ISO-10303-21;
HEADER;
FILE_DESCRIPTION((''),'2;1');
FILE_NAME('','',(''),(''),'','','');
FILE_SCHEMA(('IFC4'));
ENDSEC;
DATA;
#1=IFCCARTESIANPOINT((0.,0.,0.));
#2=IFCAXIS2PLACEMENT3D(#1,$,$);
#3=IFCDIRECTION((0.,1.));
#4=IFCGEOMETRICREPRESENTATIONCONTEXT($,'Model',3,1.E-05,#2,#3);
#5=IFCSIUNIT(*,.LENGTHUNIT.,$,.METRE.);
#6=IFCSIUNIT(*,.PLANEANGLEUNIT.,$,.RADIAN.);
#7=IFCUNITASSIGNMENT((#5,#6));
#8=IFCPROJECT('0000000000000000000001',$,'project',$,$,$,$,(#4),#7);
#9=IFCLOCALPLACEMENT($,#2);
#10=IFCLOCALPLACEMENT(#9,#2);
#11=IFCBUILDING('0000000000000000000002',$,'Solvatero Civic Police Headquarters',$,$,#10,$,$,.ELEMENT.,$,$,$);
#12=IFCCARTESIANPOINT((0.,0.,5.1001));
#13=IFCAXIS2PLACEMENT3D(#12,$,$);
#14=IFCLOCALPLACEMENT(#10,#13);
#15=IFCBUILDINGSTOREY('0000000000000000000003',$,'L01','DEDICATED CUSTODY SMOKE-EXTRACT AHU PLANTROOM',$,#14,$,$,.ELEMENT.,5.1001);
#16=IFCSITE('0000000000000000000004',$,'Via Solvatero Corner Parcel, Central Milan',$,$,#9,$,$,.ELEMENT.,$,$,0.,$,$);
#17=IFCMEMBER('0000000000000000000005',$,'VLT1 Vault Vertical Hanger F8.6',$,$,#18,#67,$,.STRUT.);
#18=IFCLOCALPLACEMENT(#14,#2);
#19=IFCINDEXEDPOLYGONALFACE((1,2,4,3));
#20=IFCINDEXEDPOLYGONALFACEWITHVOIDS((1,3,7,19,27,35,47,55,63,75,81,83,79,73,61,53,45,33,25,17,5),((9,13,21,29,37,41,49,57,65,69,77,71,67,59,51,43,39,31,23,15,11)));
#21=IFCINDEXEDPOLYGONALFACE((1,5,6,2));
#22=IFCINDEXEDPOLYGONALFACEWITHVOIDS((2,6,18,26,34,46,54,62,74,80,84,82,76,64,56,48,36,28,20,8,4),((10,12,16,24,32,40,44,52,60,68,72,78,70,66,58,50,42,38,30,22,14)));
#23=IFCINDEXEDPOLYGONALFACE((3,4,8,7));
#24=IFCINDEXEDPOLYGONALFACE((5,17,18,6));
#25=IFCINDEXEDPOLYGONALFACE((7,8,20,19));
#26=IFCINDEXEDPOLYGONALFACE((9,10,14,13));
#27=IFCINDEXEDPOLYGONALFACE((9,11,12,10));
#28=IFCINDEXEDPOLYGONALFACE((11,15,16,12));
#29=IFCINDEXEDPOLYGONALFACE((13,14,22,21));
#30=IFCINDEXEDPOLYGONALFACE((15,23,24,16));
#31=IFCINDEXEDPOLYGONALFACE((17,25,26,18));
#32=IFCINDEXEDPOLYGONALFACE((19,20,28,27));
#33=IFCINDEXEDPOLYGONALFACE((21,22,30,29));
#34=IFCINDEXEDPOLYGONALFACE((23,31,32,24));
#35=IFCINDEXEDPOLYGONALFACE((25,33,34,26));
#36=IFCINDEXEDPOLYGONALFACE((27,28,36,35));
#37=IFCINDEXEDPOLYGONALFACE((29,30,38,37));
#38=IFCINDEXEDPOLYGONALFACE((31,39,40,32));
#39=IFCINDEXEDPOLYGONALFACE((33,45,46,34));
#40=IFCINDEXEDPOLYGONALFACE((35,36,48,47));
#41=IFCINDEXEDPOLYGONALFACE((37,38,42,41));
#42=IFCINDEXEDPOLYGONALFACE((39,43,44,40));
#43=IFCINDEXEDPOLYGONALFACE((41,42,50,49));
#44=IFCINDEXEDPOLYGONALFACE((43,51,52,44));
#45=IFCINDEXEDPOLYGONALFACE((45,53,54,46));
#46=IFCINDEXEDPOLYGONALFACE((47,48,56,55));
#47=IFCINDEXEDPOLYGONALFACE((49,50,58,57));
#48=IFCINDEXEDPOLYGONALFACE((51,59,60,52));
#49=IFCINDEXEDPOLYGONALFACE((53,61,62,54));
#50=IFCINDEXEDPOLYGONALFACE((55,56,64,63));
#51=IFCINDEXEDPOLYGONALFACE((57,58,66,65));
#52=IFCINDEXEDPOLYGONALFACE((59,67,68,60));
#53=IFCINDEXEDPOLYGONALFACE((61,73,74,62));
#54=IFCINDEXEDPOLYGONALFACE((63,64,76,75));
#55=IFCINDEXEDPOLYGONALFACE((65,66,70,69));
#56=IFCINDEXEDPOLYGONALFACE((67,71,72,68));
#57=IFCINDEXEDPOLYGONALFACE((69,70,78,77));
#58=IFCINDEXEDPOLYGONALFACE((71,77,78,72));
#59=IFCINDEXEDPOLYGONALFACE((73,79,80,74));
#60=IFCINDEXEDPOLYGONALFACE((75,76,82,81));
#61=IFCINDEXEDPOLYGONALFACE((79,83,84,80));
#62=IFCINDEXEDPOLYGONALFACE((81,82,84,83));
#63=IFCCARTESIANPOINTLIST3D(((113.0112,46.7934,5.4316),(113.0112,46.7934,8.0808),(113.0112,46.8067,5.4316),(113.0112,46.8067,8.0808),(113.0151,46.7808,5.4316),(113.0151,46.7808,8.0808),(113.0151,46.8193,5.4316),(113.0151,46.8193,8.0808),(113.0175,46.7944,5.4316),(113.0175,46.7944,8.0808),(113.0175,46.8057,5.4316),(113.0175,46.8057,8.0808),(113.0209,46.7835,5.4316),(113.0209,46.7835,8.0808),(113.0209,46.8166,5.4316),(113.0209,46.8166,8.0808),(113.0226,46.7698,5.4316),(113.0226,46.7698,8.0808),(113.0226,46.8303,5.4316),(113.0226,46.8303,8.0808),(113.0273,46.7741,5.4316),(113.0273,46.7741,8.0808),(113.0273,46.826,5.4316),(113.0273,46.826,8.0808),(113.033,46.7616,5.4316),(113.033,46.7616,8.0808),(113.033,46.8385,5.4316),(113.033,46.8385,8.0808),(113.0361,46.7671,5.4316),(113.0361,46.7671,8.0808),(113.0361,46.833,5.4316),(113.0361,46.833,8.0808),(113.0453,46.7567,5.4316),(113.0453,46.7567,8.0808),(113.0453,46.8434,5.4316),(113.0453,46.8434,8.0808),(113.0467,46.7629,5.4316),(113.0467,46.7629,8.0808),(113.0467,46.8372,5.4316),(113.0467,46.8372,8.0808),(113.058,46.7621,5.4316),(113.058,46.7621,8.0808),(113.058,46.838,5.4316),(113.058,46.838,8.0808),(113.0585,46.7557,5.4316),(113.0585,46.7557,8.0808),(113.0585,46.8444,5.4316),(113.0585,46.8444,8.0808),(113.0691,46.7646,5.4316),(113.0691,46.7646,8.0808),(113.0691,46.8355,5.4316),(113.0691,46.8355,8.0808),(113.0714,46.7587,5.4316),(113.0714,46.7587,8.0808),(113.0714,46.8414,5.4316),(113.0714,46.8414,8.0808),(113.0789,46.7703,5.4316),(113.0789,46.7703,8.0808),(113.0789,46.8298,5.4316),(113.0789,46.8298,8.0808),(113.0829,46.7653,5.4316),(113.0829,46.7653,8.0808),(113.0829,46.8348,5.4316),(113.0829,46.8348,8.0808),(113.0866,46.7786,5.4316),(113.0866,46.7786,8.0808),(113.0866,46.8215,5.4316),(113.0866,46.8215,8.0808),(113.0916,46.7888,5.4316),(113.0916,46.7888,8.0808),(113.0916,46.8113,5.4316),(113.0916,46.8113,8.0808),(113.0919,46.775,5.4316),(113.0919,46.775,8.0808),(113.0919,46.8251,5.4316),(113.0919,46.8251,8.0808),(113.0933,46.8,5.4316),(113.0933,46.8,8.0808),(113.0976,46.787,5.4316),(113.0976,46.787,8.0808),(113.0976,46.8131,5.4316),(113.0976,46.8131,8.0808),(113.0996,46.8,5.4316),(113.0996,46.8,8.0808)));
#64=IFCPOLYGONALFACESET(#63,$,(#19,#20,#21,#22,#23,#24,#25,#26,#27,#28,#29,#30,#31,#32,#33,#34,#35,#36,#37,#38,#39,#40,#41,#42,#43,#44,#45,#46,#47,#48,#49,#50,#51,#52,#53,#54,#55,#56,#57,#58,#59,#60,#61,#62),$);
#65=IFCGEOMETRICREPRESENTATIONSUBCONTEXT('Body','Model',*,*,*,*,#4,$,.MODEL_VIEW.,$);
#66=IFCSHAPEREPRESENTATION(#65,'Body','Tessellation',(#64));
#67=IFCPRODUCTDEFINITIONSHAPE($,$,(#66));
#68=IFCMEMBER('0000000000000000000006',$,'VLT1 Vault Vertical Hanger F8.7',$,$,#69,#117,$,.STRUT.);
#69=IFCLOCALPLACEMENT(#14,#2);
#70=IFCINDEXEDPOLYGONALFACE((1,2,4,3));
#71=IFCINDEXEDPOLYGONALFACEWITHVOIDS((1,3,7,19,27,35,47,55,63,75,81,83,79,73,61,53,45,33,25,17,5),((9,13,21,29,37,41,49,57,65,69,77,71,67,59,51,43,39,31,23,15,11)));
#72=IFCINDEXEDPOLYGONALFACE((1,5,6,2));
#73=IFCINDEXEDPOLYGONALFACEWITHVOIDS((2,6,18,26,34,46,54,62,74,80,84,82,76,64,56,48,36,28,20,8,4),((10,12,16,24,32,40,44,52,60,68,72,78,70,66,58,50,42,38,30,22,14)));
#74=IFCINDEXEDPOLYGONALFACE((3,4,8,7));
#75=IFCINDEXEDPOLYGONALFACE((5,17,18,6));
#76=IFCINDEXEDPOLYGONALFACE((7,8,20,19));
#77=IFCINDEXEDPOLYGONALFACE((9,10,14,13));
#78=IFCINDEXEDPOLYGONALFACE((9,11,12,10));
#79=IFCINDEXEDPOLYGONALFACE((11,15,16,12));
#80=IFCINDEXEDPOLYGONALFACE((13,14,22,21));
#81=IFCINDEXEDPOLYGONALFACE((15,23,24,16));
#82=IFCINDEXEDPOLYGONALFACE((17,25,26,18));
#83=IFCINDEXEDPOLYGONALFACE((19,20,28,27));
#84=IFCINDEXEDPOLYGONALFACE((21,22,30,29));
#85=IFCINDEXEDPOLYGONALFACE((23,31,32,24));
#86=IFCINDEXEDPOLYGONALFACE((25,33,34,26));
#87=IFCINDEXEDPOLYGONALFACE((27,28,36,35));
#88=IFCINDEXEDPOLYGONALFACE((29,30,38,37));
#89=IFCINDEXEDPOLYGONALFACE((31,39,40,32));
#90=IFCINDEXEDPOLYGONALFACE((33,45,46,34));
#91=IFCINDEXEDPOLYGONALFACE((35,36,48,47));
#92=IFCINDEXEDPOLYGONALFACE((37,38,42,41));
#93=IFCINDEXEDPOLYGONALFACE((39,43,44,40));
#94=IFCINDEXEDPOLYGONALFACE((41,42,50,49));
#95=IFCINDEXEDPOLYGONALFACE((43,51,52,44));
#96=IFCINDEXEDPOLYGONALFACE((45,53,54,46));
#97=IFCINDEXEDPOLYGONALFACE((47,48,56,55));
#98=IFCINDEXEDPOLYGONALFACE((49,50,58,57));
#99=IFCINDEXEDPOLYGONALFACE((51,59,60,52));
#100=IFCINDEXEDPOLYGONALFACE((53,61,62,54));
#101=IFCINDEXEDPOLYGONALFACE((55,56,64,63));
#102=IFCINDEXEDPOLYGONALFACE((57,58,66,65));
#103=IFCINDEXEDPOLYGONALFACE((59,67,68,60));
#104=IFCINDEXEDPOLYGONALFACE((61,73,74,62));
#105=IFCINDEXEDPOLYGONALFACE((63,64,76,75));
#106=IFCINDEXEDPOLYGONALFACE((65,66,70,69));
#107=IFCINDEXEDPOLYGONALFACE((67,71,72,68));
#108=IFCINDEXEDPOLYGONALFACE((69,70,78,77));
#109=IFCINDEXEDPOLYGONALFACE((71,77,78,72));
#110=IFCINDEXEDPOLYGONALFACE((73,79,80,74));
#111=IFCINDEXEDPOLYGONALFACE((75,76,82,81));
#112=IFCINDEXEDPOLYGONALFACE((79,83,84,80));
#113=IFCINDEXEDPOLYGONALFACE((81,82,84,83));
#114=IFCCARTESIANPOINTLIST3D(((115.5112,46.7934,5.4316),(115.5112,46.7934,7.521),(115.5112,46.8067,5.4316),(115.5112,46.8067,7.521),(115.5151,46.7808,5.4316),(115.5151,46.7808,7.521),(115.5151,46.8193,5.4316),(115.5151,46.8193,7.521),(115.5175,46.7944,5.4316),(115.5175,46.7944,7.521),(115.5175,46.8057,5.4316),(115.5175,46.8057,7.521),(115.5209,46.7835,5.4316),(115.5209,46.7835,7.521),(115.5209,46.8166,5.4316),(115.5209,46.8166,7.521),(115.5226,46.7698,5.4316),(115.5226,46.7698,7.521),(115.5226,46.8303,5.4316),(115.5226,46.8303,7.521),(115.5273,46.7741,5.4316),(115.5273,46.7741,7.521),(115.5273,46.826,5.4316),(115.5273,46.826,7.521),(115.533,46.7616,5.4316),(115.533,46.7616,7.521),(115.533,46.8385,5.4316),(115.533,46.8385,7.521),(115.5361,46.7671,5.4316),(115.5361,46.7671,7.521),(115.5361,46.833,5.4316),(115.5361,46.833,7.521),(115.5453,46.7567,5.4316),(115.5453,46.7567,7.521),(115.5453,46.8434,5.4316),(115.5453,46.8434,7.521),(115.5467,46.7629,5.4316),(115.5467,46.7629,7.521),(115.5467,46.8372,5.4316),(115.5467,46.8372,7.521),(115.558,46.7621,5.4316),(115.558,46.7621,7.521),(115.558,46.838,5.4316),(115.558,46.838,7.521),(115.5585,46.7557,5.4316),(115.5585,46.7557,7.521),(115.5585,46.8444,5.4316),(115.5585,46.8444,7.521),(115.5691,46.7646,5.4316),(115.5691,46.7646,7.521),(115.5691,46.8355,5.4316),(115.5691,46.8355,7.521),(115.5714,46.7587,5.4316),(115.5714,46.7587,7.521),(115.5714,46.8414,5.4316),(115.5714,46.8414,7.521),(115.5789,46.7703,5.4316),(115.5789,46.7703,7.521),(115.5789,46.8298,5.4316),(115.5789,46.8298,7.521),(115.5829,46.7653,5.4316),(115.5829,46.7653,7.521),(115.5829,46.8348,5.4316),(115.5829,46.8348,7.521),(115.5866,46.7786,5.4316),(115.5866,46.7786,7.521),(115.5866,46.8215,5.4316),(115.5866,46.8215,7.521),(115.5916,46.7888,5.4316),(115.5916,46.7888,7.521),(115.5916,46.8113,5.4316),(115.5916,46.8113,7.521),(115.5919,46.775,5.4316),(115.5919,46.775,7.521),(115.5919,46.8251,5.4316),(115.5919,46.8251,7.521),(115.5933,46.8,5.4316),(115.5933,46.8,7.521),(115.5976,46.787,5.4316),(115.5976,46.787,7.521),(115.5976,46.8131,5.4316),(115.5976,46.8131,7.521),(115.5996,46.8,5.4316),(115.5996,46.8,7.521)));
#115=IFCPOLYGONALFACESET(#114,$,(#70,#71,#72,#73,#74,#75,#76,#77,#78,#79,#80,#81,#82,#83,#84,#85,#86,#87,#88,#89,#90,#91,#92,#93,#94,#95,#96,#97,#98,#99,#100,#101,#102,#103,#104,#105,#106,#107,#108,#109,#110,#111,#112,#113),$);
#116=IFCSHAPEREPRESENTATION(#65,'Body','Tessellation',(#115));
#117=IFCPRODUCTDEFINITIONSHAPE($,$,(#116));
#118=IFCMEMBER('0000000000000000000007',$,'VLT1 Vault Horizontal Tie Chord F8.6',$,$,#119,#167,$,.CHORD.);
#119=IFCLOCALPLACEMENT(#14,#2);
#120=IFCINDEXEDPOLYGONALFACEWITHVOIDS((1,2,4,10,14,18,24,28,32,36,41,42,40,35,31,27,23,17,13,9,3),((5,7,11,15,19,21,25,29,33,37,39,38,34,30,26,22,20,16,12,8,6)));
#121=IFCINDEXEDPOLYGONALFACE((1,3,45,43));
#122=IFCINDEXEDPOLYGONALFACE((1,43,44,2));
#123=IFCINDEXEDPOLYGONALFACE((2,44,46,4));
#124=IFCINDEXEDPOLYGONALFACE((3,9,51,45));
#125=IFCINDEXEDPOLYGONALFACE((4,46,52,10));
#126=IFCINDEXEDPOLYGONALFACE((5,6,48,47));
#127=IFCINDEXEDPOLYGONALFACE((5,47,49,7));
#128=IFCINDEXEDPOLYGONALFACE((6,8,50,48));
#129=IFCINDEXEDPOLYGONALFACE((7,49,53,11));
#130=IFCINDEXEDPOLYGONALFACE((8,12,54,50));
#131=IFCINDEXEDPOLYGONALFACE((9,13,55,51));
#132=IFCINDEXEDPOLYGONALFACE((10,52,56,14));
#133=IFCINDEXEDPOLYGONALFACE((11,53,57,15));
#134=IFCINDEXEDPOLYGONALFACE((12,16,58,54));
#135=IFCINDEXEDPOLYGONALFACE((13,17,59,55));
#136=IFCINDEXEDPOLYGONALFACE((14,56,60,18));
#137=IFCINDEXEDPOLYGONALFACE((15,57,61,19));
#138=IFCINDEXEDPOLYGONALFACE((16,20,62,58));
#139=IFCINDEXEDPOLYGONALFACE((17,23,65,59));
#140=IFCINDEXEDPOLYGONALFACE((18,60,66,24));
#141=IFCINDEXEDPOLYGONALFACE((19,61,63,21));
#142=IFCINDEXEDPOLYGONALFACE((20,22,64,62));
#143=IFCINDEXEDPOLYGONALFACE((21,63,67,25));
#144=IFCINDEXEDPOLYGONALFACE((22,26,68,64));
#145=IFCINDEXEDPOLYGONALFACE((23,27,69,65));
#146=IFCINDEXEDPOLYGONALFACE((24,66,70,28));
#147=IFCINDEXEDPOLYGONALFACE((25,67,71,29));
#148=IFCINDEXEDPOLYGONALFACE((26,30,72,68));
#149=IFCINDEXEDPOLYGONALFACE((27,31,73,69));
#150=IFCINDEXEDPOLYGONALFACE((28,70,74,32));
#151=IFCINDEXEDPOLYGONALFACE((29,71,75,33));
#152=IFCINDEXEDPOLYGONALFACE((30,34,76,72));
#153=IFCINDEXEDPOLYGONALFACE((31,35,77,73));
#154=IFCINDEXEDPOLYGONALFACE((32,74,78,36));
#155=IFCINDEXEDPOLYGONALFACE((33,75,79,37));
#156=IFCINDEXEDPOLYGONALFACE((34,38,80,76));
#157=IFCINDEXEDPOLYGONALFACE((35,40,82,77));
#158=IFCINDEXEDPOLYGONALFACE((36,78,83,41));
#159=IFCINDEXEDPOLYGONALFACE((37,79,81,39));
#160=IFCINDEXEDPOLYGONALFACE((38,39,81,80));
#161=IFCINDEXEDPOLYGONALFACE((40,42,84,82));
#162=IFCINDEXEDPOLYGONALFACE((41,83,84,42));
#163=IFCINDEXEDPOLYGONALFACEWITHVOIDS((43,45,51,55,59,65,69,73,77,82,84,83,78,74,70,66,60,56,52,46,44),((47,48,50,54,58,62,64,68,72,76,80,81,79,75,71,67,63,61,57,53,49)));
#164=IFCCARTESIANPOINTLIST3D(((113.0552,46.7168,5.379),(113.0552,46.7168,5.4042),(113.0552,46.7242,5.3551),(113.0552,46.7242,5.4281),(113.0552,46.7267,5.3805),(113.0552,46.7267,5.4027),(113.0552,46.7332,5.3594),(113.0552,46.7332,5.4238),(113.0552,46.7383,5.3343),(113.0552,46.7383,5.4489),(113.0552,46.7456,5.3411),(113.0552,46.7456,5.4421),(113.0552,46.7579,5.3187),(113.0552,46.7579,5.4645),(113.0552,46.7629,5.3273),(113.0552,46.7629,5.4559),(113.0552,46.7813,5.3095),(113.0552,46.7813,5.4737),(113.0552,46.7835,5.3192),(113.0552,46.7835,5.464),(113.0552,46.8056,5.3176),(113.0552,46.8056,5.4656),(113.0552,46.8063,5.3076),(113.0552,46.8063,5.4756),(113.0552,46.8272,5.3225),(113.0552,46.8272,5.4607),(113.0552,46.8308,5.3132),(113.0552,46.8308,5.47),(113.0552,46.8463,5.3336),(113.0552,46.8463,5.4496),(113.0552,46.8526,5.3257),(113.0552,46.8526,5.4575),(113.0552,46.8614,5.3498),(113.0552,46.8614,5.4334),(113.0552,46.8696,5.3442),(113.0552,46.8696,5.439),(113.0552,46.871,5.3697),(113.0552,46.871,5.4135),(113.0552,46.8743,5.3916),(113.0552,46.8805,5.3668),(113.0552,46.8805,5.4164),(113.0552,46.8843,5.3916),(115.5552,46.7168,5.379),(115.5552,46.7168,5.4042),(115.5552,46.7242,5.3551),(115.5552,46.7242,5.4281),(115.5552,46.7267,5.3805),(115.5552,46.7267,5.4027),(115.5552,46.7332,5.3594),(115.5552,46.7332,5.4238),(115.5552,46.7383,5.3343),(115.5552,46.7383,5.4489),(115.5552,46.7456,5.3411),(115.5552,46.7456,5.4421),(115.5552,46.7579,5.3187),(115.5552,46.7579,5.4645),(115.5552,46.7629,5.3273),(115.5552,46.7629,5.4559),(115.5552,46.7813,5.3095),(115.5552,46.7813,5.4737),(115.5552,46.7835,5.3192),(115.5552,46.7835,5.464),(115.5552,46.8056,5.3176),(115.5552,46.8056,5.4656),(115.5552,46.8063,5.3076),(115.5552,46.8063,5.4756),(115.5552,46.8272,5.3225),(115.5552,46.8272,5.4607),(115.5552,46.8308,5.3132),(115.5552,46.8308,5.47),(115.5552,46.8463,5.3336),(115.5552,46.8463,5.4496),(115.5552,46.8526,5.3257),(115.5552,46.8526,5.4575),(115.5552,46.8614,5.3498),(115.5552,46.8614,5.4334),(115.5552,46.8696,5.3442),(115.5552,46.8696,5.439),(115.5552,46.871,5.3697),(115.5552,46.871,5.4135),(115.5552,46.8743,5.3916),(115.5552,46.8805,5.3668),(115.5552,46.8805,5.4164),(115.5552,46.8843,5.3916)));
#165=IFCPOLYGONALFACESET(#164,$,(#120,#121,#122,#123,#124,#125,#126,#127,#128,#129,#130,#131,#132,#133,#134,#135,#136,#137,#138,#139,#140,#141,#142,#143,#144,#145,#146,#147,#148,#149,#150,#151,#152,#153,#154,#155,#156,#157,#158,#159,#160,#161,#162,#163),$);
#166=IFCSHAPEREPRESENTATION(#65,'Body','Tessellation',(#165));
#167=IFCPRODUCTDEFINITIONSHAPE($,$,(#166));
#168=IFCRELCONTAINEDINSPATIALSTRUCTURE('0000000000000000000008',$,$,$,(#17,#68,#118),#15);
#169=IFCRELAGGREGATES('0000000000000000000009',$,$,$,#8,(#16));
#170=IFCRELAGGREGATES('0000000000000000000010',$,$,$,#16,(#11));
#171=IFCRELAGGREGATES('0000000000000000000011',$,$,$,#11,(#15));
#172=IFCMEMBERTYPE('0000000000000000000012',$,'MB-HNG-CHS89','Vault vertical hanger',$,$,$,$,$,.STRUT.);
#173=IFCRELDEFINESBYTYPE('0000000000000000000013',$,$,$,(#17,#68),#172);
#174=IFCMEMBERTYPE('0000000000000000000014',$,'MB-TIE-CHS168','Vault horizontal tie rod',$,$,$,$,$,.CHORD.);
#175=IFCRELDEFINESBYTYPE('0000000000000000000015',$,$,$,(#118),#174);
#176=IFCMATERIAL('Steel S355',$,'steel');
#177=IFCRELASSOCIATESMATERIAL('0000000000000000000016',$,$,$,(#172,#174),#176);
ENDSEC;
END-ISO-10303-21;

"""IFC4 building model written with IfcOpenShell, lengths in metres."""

from ifc_helpers import new_model, si_unit, direction, frame, origin, origin_2d, place, context, subcontext, project, spatial, hollow_circle, extrude, material, material_profile, profile_set, type_object, element, save


model = new_model("IFC4")

# Units and contexts
model_context = context("Model", 3, precision=1e-05, world=origin(), true_north=direction((0.0, 1.0)))
body_context = subcontext(model_context, "Body", "Model", "MODEL_VIEW")
ifc_project = project(units=[si_unit("LENGTHUNIT", "METRE"), si_unit("PLANEANGLEUNIT", "RADIAN")], contexts=[model_context])

# Site, building, storey
site_placement = place(None, origin())
site = spatial("IfcSite", under=ifc_project, at=site_placement, Name="Via Solvatero Corner Parcel, Central Milan", CompositionType="ELEMENT", RefElevation=0.0)
building_placement = place(site_placement, origin())
building = spatial("IfcBuilding", under=site, at=building_placement, Name="Solvatero Civic Police Headquarters", CompositionType="ELEMENT")
storey_placement = place(building_placement, frame((0.0, 0.0, 5.1001)))
storey = spatial("IfcBuildingStorey", under=building, at=storey_placement, Name="L01", Description="DEDICATED CUSTODY SMOKE-EXTRACT AHU PLANTROOM", CompositionType="ELEMENT", Elevation=5.1001)

# Shared definitions
ifc_material_1 = material(Name="Steel S355", Category="steel")

# Members
ifc_material_profile_1 = material_profile(ifc_material_1, hollow_circle(Radius=0.0444, WallThickness=0.0063, at=origin_2d()), Name="CHS 88.9x6.3")
ifc_profile_set_1 = profile_set([ifc_material_profile_1], Name="Steel S355")
member_type_1 = type_object("IfcMemberType", Name="MB-HNG-CHS89", Description="Vault vertical hanger", PredefinedType="STRUT", material=ifc_profile_set_1)
member_1_placement = place(storey_placement, frame((113.0552, 46.8, 5.4316), z_axis=(0.0, 0.0, 1.0), x_axis=(1.0, 0.0, 0.0)))
element("IfcMember", 1, at=member_1_placement, inside=storey, type_object=member_type_1, Name="VLT1 Vault Vertical Hanger F8.6", PredefinedType="STRUT", context=body_context, shape_type="SweptSolid", body=[
    extrude(hollow_circle(Radius=0.0444, WallThickness=0.0063, at=origin_2d()), origin(), (0.0, 0.0, 1.0), 2.6492),
])
member_2_placement = place(storey_placement, frame((115.5552, 46.8, 5.4316), z_axis=(0.0, 0.0, 1.0), x_axis=(1.0, 0.0, 0.0)))
element("IfcMember", 2, at=member_2_placement, inside=storey, type_object=member_type_1, Name="VLT1 Vault Vertical Hanger F8.7", PredefinedType="STRUT", context=body_context, shape_type="SweptSolid", body=[
    extrude(hollow_circle(Radius=0.0444, WallThickness=0.0063, at=origin_2d()), origin(), (0.0, 0.0, 1.0), 2.0894),
])
ifc_material_profile_2 = material_profile(ifc_material_1, hollow_circle(Radius=0.0842, WallThickness=0.01, at=origin_2d()), Name="CHS 168.3x10.0")
ifc_profile_set_2 = profile_set([ifc_material_profile_2], Name="Steel S355")
member_type_2 = type_object("IfcMemberType", Name="MB-TIE-CHS168", Description="Vault horizontal tie rod", PredefinedType="CHORD", material=ifc_profile_set_2)
member_3_placement = place(storey_placement, frame((113.0552, 46.8, 5.3916), z_axis=(1.0, 0.0, 0.0), x_axis=(0.0, 1.0, 0.0)))
element("IfcMember", 3, at=member_3_placement, inside=storey, type_object=member_type_2, Name="VLT1 Vault Horizontal Tie Chord F8.6", PredefinedType="CHORD", context=body_context, shape_type="SweptSolid", body=[
    extrude(hollow_circle(Radius=0.0842, WallThickness=0.01, at=origin_2d()), origin(), (0.0, 0.0, 1.0), 2.5),
])

save(model, "model.ifc")
